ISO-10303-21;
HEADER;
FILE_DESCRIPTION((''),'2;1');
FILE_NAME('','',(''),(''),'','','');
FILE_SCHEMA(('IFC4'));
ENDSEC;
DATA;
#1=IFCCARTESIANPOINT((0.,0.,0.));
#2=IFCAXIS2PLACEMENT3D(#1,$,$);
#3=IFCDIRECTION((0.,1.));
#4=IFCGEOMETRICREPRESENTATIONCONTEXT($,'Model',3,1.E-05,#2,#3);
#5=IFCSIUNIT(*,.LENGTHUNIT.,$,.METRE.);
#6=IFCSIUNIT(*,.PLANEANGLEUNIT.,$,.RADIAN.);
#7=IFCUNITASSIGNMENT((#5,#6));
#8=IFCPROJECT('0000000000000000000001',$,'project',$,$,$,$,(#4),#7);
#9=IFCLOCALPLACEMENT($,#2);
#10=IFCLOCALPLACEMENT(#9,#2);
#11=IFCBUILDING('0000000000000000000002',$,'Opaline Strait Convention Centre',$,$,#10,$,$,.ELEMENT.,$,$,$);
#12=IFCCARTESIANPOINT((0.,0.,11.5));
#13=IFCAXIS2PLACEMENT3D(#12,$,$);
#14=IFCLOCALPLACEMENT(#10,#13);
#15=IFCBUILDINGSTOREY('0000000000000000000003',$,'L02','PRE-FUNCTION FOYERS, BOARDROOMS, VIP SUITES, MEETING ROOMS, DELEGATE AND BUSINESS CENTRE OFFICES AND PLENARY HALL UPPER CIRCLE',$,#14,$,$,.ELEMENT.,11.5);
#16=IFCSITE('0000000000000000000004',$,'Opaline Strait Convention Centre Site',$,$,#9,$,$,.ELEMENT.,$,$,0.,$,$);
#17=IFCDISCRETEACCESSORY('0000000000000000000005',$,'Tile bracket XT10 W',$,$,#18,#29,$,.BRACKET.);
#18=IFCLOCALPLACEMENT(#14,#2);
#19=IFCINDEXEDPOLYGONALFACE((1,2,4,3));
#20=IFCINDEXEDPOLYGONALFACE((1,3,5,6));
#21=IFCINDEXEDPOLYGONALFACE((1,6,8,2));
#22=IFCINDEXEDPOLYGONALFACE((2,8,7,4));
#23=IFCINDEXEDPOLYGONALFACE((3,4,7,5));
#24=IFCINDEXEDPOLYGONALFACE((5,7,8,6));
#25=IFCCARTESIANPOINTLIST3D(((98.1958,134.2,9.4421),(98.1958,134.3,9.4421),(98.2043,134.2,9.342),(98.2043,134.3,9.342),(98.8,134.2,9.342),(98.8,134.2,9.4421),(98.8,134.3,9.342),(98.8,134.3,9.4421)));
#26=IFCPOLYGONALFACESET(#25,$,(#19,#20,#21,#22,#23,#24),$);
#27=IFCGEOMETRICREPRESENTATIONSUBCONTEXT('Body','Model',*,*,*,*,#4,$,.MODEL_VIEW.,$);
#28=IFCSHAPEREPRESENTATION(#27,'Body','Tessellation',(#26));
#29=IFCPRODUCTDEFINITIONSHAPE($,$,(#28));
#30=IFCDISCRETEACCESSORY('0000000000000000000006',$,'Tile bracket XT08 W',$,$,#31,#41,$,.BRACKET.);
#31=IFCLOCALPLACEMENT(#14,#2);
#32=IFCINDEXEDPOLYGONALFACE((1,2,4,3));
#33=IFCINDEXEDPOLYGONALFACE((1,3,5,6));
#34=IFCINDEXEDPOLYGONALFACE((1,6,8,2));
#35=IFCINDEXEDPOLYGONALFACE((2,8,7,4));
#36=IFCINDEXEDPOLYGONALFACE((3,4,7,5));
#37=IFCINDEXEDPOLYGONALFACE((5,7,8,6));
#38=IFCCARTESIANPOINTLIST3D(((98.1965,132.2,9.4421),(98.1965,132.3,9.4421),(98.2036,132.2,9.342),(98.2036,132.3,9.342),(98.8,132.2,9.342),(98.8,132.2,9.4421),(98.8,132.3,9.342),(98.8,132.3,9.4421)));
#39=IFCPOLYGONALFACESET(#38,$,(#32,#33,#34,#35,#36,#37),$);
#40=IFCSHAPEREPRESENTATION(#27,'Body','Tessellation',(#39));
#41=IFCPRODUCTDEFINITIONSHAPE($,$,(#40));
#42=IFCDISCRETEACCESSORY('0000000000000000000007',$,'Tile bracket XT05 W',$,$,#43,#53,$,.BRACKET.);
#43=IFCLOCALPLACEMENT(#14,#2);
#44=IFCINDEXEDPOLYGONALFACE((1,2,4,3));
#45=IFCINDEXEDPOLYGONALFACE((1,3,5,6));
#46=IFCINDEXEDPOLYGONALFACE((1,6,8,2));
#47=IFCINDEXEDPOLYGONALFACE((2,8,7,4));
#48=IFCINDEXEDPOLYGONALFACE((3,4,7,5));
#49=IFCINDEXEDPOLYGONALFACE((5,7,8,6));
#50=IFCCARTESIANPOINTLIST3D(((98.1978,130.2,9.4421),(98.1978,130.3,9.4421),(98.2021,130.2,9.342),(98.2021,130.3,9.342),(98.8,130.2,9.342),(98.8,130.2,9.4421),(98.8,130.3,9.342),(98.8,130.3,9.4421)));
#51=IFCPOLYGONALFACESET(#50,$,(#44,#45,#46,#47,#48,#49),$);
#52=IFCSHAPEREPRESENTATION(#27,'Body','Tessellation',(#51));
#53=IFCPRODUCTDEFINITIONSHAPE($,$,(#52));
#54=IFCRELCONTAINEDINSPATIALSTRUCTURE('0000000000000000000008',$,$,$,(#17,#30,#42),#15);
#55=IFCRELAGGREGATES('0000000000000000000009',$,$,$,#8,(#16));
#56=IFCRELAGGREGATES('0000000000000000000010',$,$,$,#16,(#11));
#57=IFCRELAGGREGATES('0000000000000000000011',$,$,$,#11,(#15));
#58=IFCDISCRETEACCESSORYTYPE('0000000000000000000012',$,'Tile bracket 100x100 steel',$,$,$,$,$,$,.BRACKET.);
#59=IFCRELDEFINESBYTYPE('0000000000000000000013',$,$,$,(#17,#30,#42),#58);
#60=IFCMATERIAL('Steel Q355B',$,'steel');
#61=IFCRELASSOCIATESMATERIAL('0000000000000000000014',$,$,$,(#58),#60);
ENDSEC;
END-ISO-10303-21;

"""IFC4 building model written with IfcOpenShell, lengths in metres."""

from ifc_helpers import new_model, si_unit, direction, frame, origin, place, context, subcontext, project, spatial, polyline, outline, extrude, material, type_object, element, save


model = new_model("IFC4")

# Units and contexts
model_context = context("Model", 3, precision=1e-05, world=origin(), true_north=direction((0.0, 1.0)))
body_context = subcontext(model_context, "Body", "Model", "MODEL_VIEW")
ifc_project = project(units=[si_unit("LENGTHUNIT", "METRE"), si_unit("PLANEANGLEUNIT", "RADIAN")], contexts=[model_context])

# Site, building, storey
site_placement = place(None, origin())
site = spatial("IfcSite", under=ifc_project, at=site_placement, Name="Opaline Strait Convention Centre Site", CompositionType="ELEMENT", RefElevation=0.0)
building_placement = place(site_placement, origin())
building = spatial("IfcBuilding", under=site, at=building_placement, Name="Opaline Strait Convention Centre", CompositionType="ELEMENT")
storey_placement = place(building_placement, frame((0.0, 0.0, 11.5)))
storey = spatial("IfcBuildingStorey", under=building, at=storey_placement, Name="L02", Description="PRE-FUNCTION FOYERS, BOARDROOMS, VIP SUITES, MEETING ROOMS, DELEGATE AND BUSINESS CENTRE OFFICES AND PLENARY HALL UPPER CIRCLE", CompositionType="ELEMENT", Elevation=11.5)

# Shared definitions
ifc_material_1 = material(Name="Steel Q355B", Category="steel")

# Discrete accessories
discrete_accessory_type = type_object("IfcDiscreteAccessoryType", Name="Tile bracket 100x100 steel", PredefinedType="BRACKET", material=ifc_material_1)
discrete_accessory_1_placement = place(storey_placement, frame((98.8, 134.3, 9.3921), z_axis=(0.0, -1.0, 0.0), x_axis=(1.0, 0.0, 0.0)))
element("IfcDiscreteAccessory", 1, at=discrete_accessory_1_placement, inside=storey, type_object=discrete_accessory_type, Name="Tile bracket XT10 W", PredefinedType="BRACKET", context=body_context, shape_type="SweptSolid", body=[
    extrude(outline(polyline([(0.0, -0.05), (0.0, 0.05), (-0.6042, 0.05), (-0.5957, -0.05), (0.0, -0.05)])), origin(), (0.0, 0.0, 1.0), 0.1001),
])
discrete_accessory_2_placement = place(storey_placement, frame((98.8, 132.3, 9.3921), z_axis=(0.0, -1.0, 0.0), x_axis=(1.0, 0.0, 0.0)))
element("IfcDiscreteAccessory", 2, at=discrete_accessory_2_placement, inside=storey, type_object=discrete_accessory_type, Name="Tile bracket XT08 W", PredefinedType="BRACKET", context=body_context, shape_type="SweptSolid", body=[
    extrude(outline(polyline([(0.0, -0.05), (0.0, 0.05), (-0.6035, 0.05), (-0.5964, -0.05), (0.0, -0.05)])), origin(), (0.0, 0.0, 1.0), 0.1001),
])
discrete_accessory_3_placement = place(storey_placement, frame((98.8, 130.3, 9.3921), z_axis=(0.0, -1.0, 0.0), x_axis=(1.0, 0.0, 0.0)))
element("IfcDiscreteAccessory", 3, at=discrete_accessory_3_placement, inside=storey, type_object=discrete_accessory_type, Name="Tile bracket XT05 W", PredefinedType="BRACKET", context=body_context, shape_type="SweptSolid", body=[
    extrude(outline(polyline([(0.0, -0.05), (0.0, 0.05), (-0.6023, 0.05), (-0.5979, -0.05), (0.0, -0.05)])), origin(), (0.0, 0.0, 1.0), 0.1001),
])

save(model, "model.ifc")
